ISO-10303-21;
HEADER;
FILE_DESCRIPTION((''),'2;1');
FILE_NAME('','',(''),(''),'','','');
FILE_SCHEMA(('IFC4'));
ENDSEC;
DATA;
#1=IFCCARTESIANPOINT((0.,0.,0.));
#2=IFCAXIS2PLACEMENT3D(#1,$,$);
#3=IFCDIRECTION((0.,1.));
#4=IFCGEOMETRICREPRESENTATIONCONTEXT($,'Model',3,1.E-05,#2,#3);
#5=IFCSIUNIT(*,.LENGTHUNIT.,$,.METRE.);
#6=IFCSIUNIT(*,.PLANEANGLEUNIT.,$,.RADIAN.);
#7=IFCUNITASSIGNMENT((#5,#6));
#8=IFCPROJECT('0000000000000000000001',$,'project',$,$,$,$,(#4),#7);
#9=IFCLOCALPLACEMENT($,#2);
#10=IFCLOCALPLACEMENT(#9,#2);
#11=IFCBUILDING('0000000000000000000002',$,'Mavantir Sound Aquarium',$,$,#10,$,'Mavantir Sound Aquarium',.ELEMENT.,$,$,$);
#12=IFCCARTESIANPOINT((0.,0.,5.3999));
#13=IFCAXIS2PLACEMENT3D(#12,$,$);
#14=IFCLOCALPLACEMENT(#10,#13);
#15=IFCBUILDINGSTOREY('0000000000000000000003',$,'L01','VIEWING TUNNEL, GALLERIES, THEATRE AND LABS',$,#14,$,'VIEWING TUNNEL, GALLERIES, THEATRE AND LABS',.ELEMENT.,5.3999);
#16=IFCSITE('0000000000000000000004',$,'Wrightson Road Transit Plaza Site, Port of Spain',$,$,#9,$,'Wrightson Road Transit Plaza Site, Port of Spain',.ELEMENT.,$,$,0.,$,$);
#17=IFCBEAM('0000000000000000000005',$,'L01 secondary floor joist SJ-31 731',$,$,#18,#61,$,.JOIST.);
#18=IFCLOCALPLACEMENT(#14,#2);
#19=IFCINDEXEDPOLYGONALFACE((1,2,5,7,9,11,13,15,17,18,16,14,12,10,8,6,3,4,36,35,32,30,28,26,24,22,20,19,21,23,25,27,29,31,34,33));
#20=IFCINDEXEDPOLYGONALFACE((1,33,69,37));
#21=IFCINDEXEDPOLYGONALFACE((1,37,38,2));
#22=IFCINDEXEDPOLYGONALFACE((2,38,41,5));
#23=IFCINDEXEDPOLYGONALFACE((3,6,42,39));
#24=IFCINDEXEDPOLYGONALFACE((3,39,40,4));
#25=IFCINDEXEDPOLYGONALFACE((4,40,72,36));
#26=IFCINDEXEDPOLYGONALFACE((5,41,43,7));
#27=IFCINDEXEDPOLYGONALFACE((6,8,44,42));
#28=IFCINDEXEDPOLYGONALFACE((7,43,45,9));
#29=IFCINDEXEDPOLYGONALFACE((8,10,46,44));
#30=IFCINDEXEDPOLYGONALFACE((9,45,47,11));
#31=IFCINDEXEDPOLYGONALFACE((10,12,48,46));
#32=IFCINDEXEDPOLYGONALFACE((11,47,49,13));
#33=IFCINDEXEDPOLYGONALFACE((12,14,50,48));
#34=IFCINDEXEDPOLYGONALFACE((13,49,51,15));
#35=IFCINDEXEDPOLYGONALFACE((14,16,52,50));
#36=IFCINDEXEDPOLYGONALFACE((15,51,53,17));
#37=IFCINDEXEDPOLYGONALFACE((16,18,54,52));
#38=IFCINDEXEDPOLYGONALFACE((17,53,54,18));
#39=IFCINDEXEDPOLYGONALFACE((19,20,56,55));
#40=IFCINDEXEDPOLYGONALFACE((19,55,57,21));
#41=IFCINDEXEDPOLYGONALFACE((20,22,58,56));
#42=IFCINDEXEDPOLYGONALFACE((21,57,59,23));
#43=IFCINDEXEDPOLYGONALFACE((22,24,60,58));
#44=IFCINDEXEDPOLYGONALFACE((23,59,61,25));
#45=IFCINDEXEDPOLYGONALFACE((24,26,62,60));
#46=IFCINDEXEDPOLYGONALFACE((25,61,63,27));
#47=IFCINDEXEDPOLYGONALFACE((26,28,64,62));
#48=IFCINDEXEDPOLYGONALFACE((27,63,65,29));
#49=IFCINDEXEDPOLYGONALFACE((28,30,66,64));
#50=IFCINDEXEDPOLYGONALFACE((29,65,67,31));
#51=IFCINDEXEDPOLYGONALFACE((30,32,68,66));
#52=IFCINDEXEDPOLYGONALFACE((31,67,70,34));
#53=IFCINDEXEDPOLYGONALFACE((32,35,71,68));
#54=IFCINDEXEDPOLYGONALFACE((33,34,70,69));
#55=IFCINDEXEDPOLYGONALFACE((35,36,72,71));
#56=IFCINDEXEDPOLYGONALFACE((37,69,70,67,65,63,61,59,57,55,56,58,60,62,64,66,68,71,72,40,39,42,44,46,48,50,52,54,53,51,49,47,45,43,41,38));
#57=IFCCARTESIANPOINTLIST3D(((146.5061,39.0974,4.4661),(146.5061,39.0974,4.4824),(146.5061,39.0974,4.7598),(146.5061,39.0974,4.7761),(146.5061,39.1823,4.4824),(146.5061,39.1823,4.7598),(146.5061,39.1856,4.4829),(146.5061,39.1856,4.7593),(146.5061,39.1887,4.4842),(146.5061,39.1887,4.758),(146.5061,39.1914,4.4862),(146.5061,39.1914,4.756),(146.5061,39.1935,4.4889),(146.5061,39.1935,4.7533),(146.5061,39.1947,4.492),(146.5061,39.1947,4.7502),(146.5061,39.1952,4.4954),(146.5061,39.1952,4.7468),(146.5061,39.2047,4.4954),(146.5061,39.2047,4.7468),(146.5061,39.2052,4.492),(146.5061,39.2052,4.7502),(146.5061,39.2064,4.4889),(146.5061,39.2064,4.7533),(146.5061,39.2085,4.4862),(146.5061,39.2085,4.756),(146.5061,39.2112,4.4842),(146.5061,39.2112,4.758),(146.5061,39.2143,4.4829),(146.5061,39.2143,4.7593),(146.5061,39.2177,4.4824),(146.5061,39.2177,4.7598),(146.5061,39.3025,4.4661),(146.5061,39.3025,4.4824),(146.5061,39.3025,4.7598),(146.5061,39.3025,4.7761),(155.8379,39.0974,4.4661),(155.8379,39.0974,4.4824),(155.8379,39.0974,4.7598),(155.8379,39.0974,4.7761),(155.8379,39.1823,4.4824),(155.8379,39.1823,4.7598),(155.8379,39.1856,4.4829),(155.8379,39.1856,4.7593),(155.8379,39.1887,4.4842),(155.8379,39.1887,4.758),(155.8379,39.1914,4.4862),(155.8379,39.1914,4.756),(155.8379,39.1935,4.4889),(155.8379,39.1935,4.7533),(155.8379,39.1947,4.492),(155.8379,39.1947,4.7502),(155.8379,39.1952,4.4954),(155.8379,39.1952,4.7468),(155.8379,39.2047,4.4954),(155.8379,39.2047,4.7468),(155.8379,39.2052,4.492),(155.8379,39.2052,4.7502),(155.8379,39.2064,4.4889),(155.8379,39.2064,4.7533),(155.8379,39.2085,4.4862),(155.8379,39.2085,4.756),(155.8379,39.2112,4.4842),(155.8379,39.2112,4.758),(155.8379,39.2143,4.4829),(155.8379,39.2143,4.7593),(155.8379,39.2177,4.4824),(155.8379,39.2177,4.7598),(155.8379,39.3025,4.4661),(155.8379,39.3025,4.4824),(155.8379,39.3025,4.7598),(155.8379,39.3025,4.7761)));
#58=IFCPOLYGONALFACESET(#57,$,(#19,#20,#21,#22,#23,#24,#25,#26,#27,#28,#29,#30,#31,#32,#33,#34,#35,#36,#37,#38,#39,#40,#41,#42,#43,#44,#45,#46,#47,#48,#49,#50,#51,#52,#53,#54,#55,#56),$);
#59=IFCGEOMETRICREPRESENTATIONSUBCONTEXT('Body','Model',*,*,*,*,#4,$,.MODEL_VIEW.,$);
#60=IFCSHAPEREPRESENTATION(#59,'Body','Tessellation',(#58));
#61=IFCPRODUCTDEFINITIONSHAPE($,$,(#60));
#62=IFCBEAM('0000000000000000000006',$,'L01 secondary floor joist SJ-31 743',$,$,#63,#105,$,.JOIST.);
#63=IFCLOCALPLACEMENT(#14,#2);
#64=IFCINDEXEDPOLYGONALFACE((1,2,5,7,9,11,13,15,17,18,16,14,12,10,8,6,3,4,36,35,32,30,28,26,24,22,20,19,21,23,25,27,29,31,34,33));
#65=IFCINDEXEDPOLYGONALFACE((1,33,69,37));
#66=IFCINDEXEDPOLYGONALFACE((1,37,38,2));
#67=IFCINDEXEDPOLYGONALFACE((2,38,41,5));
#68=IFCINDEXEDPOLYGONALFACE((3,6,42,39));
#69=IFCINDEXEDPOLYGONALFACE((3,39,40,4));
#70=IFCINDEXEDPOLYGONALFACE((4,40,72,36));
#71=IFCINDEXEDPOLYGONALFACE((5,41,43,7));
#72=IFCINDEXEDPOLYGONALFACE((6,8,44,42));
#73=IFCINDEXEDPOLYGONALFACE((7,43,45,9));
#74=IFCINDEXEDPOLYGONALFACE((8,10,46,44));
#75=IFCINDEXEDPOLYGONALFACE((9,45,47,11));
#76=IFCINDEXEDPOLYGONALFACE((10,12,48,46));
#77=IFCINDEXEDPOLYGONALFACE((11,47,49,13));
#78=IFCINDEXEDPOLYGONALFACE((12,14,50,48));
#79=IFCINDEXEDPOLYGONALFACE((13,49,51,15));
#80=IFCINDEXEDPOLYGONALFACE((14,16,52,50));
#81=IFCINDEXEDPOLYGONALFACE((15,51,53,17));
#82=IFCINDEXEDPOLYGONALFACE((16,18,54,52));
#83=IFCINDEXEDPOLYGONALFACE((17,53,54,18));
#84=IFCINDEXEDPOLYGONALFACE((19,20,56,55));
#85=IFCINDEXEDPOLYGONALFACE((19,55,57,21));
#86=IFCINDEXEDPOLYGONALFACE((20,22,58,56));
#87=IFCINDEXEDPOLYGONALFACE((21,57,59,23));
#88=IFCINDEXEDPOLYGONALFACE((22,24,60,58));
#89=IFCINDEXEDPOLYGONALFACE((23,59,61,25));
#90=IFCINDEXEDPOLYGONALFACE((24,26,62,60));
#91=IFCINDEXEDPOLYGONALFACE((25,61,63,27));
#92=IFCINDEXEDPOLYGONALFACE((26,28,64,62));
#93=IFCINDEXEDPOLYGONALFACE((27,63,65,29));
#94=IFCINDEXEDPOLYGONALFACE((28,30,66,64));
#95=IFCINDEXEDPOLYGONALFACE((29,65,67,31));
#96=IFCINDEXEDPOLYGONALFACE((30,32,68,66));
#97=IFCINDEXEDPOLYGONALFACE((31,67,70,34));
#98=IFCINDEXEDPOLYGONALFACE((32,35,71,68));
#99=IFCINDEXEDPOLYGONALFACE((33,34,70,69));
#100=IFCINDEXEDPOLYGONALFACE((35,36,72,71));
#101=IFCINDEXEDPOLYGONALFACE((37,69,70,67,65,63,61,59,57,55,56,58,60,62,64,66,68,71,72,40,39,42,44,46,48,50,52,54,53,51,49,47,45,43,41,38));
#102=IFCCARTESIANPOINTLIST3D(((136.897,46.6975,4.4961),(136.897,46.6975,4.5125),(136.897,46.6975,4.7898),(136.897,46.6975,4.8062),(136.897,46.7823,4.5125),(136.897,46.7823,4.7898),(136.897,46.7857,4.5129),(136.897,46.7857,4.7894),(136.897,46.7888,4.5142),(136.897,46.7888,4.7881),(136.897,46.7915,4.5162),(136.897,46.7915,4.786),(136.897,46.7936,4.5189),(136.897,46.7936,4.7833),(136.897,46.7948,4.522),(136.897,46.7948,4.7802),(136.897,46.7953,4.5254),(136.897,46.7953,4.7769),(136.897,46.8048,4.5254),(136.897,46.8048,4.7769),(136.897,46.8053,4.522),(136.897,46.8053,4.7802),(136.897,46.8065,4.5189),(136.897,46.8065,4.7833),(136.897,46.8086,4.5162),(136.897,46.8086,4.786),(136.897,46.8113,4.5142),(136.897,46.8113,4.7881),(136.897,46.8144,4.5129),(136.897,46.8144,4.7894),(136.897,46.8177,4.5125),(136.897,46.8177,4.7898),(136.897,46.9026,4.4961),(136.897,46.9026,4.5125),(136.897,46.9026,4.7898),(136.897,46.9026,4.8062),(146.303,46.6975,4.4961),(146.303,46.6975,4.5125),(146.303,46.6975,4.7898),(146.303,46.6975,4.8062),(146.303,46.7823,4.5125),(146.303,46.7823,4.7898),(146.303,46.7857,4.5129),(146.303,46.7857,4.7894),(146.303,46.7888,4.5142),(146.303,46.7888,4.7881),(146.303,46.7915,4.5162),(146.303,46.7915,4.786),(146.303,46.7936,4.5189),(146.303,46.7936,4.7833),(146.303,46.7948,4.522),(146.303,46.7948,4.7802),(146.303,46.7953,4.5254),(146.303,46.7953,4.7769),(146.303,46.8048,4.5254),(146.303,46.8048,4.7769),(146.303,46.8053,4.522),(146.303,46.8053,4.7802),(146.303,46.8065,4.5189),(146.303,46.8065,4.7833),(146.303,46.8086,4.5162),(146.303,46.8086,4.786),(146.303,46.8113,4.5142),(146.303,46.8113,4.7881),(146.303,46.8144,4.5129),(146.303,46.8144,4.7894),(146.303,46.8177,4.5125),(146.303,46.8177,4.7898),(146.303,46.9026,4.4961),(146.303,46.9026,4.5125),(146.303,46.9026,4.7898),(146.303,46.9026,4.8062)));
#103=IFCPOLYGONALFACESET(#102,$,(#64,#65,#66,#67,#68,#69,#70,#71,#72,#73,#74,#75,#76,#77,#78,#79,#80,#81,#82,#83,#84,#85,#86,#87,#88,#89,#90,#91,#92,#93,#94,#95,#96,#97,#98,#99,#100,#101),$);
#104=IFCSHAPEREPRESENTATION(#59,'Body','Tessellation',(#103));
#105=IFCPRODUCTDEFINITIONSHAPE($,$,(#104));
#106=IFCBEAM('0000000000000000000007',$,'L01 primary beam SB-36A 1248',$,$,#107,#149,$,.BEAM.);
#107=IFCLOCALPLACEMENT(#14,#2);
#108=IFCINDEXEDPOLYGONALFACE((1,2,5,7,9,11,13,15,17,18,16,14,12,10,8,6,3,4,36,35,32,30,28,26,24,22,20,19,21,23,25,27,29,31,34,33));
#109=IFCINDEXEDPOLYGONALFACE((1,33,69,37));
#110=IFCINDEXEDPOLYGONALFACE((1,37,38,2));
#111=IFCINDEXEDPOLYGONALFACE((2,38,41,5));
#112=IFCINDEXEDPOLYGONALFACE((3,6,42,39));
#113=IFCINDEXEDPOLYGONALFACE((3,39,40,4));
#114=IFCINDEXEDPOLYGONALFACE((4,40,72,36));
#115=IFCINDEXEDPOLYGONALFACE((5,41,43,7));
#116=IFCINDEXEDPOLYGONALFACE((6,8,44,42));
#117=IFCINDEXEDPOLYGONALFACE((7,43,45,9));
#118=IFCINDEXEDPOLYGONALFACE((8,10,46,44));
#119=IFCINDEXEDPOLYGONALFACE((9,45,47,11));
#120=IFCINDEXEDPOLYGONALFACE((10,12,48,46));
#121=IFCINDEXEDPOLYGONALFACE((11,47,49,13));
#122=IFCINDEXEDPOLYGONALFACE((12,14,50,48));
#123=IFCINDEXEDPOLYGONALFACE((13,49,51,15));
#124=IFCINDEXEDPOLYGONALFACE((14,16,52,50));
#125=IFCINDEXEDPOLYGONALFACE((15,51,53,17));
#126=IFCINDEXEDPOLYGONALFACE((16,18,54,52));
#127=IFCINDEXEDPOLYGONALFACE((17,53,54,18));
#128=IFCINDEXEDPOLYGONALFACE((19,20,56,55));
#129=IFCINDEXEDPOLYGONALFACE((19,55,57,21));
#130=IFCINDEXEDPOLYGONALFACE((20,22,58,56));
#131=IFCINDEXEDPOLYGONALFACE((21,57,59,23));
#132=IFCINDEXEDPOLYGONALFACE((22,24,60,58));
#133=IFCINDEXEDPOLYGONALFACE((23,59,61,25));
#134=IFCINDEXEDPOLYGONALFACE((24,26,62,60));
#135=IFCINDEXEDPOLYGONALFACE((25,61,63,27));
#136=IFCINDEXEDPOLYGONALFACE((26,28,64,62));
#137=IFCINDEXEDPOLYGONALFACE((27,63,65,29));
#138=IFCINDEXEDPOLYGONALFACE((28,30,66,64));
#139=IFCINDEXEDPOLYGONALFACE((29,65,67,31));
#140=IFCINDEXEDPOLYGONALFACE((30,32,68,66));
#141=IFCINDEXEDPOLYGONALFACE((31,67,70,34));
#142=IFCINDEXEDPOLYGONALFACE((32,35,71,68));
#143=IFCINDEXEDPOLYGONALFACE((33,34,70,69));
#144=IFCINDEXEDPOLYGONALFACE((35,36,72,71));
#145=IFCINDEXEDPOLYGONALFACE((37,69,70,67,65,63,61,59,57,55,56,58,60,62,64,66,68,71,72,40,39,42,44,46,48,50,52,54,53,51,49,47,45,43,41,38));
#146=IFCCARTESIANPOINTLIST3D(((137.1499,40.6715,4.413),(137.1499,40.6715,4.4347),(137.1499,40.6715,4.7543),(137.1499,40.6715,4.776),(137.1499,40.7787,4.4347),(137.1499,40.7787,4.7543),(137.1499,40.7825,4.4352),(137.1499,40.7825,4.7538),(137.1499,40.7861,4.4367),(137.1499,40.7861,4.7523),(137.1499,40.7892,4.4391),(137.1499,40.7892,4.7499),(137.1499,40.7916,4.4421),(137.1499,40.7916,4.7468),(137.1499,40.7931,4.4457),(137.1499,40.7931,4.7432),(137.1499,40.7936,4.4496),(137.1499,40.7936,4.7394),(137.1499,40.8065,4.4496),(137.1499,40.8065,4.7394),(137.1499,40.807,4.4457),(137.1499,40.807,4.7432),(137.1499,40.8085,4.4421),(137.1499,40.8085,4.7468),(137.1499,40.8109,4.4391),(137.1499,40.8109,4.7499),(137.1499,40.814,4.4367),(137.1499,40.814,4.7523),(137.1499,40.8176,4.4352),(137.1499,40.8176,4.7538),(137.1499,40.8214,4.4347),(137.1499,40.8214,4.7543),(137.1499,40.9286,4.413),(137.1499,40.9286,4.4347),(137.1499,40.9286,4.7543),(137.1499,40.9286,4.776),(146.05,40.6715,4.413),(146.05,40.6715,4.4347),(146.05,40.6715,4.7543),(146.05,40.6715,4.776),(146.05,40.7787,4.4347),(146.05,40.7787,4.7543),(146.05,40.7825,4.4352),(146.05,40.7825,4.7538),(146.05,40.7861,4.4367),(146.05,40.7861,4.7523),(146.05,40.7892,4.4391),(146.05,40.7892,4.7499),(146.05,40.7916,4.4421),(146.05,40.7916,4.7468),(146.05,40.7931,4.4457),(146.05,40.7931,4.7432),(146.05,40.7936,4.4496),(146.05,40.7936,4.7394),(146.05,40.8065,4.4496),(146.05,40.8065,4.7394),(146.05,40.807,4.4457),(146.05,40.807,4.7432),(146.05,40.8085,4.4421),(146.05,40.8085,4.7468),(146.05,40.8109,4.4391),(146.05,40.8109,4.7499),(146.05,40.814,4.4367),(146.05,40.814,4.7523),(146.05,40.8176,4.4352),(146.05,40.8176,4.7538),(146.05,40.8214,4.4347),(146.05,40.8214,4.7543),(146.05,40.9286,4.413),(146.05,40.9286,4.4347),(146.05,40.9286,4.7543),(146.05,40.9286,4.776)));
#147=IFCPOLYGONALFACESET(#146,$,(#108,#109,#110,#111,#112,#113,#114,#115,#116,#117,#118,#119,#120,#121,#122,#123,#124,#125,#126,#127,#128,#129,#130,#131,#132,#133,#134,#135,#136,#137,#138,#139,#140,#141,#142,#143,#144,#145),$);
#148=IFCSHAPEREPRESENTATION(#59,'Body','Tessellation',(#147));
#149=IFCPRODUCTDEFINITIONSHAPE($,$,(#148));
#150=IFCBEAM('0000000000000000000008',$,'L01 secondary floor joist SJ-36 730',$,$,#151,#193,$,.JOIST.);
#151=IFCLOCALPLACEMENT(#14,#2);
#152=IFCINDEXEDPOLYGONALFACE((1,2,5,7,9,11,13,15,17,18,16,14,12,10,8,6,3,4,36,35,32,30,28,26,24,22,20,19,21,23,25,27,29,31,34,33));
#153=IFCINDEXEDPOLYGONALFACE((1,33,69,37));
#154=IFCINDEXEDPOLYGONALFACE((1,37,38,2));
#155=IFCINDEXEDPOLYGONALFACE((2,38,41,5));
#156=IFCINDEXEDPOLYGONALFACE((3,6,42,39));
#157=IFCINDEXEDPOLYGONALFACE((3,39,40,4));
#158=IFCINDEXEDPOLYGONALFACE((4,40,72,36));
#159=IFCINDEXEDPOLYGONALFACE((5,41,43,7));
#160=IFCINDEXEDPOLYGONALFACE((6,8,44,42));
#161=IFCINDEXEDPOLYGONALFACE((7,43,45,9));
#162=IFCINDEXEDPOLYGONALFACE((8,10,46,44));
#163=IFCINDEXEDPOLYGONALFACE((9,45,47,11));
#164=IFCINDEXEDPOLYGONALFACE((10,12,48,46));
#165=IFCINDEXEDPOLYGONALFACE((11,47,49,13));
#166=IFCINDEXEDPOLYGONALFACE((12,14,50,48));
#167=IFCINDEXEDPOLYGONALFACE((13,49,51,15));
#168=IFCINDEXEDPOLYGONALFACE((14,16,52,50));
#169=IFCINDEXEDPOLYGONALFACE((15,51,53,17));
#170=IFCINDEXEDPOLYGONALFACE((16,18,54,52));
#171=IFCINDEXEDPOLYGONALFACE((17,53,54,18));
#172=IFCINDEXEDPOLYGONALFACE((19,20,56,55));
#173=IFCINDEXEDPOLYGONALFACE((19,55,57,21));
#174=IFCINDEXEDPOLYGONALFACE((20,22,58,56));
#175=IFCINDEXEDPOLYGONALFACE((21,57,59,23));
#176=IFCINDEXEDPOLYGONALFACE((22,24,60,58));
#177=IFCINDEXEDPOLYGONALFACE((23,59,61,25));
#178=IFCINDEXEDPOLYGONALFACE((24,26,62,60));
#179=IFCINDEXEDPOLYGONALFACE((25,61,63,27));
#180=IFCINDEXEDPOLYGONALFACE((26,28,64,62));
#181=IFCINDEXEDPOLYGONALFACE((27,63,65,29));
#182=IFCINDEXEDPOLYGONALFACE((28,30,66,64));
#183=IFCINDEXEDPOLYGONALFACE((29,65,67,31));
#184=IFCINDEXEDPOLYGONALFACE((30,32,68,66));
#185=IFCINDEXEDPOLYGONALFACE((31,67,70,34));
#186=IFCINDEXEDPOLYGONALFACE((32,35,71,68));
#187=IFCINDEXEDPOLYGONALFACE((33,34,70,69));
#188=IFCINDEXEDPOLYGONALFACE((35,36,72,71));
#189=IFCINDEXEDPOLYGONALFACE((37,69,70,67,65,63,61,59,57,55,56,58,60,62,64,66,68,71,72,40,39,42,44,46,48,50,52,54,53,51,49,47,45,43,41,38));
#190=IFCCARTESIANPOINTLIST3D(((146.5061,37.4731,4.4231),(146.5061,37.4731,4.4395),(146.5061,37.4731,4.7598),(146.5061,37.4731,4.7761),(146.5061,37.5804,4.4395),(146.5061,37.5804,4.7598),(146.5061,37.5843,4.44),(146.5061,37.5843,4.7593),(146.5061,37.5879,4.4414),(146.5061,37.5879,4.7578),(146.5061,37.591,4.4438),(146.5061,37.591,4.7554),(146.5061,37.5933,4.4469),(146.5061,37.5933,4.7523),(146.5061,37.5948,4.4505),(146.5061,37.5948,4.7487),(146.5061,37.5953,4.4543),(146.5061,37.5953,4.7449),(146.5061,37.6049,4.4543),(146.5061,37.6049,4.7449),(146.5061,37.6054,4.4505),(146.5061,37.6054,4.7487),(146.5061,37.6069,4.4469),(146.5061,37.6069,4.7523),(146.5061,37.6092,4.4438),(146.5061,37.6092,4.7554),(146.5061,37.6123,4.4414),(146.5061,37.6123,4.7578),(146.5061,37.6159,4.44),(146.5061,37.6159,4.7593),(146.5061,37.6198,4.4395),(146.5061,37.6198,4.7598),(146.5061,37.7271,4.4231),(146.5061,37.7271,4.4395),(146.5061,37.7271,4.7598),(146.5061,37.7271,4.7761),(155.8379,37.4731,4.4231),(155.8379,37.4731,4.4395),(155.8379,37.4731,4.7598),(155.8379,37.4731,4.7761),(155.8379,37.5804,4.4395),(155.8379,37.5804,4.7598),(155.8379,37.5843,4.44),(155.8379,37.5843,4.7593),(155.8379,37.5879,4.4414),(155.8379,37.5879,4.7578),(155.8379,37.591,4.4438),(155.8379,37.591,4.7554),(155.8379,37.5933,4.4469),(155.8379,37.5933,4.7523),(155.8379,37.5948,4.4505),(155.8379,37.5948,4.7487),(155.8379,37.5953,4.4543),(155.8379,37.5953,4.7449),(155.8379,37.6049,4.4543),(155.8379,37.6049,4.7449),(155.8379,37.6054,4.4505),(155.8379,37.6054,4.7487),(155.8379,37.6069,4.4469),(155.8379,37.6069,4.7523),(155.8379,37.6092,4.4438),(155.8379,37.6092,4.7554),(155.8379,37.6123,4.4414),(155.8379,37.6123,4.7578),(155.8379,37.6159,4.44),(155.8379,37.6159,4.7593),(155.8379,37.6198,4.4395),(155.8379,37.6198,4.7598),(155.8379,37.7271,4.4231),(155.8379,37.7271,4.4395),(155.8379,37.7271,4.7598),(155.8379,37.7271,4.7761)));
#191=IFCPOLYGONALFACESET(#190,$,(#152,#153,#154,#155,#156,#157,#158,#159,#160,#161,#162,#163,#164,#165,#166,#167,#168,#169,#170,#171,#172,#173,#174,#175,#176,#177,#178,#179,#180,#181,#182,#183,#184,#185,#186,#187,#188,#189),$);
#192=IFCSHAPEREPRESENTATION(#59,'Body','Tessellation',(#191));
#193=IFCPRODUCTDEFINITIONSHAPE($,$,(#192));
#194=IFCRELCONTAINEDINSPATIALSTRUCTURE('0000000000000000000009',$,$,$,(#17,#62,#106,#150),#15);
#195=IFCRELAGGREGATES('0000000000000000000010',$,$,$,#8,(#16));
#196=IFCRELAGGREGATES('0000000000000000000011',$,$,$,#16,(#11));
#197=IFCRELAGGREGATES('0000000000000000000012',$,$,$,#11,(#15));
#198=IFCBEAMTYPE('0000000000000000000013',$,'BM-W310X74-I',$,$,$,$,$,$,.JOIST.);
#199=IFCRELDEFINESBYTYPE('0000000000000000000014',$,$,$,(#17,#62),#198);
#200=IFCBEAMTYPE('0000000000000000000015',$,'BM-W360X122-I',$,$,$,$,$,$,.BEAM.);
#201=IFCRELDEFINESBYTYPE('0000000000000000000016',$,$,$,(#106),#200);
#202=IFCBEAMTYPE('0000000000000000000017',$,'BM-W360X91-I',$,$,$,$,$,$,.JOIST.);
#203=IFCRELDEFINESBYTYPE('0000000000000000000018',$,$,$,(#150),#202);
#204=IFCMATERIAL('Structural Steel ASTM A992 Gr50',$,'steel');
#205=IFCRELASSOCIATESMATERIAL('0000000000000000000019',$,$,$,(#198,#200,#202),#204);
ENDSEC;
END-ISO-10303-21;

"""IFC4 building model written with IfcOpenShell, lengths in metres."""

from ifc_helpers import new_model, si_unit, direction, frame, origin, origin_2d, place, context, subcontext, project, spatial, i_section, extrude, material, material_profile, profile_set, type_object, element, save


model = new_model("IFC4")

# Units and contexts
model_context = context("Model", 3, precision=1e-05, world=origin(), true_north=direction((0.0, 1.0)))
body_context = subcontext(model_context, "Body", "Model", "MODEL_VIEW")
ifc_project = project(units=[si_unit("LENGTHUNIT", "METRE"), si_unit("PLANEANGLEUNIT", "RADIAN")], contexts=[model_context])

# Site, building, storey
site_placement = place(None, origin())
site = spatial("IfcSite", under=ifc_project, at=site_placement, Name="Wrightson Road Transit Plaza Site, Port of Spain", LongName="Wrightson Road Transit Plaza Site, Port of Spain", CompositionType="ELEMENT", RefElevation=0.0)
building_placement = place(site_placement, origin())
building = spatial("IfcBuilding", under=site, at=building_placement, Name="Mavantir Sound Aquarium", LongName="Mavantir Sound Aquarium", CompositionType="ELEMENT")
storey_placement = place(building_placement, frame((0.0, 0.0, 5.3999)))
storey = spatial("IfcBuildingStorey", under=building, at=storey_placement, Name="L01", Description="VIEWING TUNNEL, GALLERIES, THEATRE AND LABS", LongName="VIEWING TUNNEL, GALLERIES, THEATRE AND LABS", CompositionType="ELEMENT", Elevation=5.3999)

# Beams
ifc_material_1 = material(Name="Structural Steel ASTM A992 Gr50", Category="steel")
ifc_material_profile_1 = material_profile(ifc_material_1, i_section(OverallWidth=0.2051, OverallDepth=0.3101, WebThickness=0.0095, FlangeThickness=0.0164, FilletRadius=0.0129, at=origin_2d()), Name="W310X74")
ifc_profile_set_1 = profile_set([ifc_material_profile_1], Name="Structural Steel ASTM A992 Gr50")
beam_type_1 = type_object("IfcBeamType", Name="BM-W310X74-I", PredefinedType="JOIST", material=ifc_profile_set_1)
beam_1_placement = place(storey_placement, frame((146.5061, 39.2, 4.6211), z_axis=(1.0, 0.0, 0.0), x_axis=(0.0, 1.0, 0.0)))
element("IfcBeam", 1, at=beam_1_placement, inside=storey, type_object=beam_type_1, Name="L01 secondary floor joist SJ-31 731", PredefinedType="JOIST", context=body_context, shape_type="SweptSolid", body=[
    extrude(i_section(OverallWidth=0.2051, OverallDepth=0.3101, WebThickness=0.0095, FlangeThickness=0.0164, FilletRadius=0.0129, at=origin_2d()), origin(), (0.0, 0.0, 1.0), 9.3318),
])
beam_2_placement = place(storey_placement, frame((136.897, 46.8, 4.6511), z_axis=(1.0, 0.0, 0.0), x_axis=(0.0, 1.0, 0.0)))
element("IfcBeam", 2, at=beam_2_placement, inside=storey, type_object=beam_type_1, Name="L01 secondary floor joist SJ-31 743", PredefinedType="JOIST", context=body_context, shape_type="SweptSolid", body=[
    extrude(i_section(OverallWidth=0.2051, OverallDepth=0.3101, WebThickness=0.0095, FlangeThickness=0.0164, FilletRadius=0.0129, at=origin_2d()), origin(), (0.0, 0.0, 1.0), 9.406),
])
ifc_material_profile_2 = material_profile(ifc_material_1, i_section(OverallWidth=0.2571, OverallDepth=0.363, WebThickness=0.0129, FlangeThickness=0.0217, FilletRadius=0.0149, at=origin_2d()), Name="W360X122")
ifc_profile_set_2 = profile_set([ifc_material_profile_2], Name="Structural Steel ASTM A992 Gr50")
beam_type_2 = type_object("IfcBeamType", Name="BM-W360X122-I", PredefinedType="BEAM", material=ifc_profile_set_2)
beam_3_placement = place(storey_placement, frame((137.1499, 40.8, 4.5945), z_axis=(1.0, 0.0, 0.0), x_axis=(0.0, 1.0, 0.0)))
element("IfcBeam", 3, at=beam_3_placement, inside=storey, type_object=beam_type_2, Name="L01 primary beam SB-36A 1248", PredefinedType="BEAM", context=body_context, shape_type="SweptSolid", body=[
    extrude(i_section(OverallWidth=0.2571, OverallDepth=0.363, WebThickness=0.0129, FlangeThickness=0.0217, FilletRadius=0.0149, at=origin_2d()), origin(), (0.0, 0.0, 1.0), 8.9001),
])
ifc_material_profile_3 = material_profile(ifc_material_1, i_section(OverallWidth=0.2539, OverallDepth=0.353, WebThickness=0.0095, FlangeThickness=0.0164, FilletRadius=0.0149, at=origin_2d()), Name="W360X91")
ifc_profile_set_3 = profile_set([ifc_material_profile_3], Name="Structural Steel ASTM A992 Gr50")
beam_type_3 = type_object("IfcBeamType", Name="BM-W360X91-I", PredefinedType="JOIST", material=ifc_profile_set_3)
beam_4_placement = place(storey_placement, frame((146.5061, 37.6001, 4.5996), z_axis=(1.0, 0.0, 0.0), x_axis=(0.0, 1.0, 0.0)))
element("IfcBeam", 4, at=beam_4_placement, inside=storey, type_object=beam_type_3, Name="L01 secondary floor joist SJ-36 730", PredefinedType="JOIST", context=body_context, shape_type="SweptSolid", body=[
    extrude(i_section(OverallWidth=0.2539, OverallDepth=0.353, WebThickness=0.0095, FlangeThickness=0.0164, FilletRadius=0.0149, at=origin_2d()), origin(), (0.0, 0.0, 1.0), 9.3318),
])

save(model, "model.ifc")
